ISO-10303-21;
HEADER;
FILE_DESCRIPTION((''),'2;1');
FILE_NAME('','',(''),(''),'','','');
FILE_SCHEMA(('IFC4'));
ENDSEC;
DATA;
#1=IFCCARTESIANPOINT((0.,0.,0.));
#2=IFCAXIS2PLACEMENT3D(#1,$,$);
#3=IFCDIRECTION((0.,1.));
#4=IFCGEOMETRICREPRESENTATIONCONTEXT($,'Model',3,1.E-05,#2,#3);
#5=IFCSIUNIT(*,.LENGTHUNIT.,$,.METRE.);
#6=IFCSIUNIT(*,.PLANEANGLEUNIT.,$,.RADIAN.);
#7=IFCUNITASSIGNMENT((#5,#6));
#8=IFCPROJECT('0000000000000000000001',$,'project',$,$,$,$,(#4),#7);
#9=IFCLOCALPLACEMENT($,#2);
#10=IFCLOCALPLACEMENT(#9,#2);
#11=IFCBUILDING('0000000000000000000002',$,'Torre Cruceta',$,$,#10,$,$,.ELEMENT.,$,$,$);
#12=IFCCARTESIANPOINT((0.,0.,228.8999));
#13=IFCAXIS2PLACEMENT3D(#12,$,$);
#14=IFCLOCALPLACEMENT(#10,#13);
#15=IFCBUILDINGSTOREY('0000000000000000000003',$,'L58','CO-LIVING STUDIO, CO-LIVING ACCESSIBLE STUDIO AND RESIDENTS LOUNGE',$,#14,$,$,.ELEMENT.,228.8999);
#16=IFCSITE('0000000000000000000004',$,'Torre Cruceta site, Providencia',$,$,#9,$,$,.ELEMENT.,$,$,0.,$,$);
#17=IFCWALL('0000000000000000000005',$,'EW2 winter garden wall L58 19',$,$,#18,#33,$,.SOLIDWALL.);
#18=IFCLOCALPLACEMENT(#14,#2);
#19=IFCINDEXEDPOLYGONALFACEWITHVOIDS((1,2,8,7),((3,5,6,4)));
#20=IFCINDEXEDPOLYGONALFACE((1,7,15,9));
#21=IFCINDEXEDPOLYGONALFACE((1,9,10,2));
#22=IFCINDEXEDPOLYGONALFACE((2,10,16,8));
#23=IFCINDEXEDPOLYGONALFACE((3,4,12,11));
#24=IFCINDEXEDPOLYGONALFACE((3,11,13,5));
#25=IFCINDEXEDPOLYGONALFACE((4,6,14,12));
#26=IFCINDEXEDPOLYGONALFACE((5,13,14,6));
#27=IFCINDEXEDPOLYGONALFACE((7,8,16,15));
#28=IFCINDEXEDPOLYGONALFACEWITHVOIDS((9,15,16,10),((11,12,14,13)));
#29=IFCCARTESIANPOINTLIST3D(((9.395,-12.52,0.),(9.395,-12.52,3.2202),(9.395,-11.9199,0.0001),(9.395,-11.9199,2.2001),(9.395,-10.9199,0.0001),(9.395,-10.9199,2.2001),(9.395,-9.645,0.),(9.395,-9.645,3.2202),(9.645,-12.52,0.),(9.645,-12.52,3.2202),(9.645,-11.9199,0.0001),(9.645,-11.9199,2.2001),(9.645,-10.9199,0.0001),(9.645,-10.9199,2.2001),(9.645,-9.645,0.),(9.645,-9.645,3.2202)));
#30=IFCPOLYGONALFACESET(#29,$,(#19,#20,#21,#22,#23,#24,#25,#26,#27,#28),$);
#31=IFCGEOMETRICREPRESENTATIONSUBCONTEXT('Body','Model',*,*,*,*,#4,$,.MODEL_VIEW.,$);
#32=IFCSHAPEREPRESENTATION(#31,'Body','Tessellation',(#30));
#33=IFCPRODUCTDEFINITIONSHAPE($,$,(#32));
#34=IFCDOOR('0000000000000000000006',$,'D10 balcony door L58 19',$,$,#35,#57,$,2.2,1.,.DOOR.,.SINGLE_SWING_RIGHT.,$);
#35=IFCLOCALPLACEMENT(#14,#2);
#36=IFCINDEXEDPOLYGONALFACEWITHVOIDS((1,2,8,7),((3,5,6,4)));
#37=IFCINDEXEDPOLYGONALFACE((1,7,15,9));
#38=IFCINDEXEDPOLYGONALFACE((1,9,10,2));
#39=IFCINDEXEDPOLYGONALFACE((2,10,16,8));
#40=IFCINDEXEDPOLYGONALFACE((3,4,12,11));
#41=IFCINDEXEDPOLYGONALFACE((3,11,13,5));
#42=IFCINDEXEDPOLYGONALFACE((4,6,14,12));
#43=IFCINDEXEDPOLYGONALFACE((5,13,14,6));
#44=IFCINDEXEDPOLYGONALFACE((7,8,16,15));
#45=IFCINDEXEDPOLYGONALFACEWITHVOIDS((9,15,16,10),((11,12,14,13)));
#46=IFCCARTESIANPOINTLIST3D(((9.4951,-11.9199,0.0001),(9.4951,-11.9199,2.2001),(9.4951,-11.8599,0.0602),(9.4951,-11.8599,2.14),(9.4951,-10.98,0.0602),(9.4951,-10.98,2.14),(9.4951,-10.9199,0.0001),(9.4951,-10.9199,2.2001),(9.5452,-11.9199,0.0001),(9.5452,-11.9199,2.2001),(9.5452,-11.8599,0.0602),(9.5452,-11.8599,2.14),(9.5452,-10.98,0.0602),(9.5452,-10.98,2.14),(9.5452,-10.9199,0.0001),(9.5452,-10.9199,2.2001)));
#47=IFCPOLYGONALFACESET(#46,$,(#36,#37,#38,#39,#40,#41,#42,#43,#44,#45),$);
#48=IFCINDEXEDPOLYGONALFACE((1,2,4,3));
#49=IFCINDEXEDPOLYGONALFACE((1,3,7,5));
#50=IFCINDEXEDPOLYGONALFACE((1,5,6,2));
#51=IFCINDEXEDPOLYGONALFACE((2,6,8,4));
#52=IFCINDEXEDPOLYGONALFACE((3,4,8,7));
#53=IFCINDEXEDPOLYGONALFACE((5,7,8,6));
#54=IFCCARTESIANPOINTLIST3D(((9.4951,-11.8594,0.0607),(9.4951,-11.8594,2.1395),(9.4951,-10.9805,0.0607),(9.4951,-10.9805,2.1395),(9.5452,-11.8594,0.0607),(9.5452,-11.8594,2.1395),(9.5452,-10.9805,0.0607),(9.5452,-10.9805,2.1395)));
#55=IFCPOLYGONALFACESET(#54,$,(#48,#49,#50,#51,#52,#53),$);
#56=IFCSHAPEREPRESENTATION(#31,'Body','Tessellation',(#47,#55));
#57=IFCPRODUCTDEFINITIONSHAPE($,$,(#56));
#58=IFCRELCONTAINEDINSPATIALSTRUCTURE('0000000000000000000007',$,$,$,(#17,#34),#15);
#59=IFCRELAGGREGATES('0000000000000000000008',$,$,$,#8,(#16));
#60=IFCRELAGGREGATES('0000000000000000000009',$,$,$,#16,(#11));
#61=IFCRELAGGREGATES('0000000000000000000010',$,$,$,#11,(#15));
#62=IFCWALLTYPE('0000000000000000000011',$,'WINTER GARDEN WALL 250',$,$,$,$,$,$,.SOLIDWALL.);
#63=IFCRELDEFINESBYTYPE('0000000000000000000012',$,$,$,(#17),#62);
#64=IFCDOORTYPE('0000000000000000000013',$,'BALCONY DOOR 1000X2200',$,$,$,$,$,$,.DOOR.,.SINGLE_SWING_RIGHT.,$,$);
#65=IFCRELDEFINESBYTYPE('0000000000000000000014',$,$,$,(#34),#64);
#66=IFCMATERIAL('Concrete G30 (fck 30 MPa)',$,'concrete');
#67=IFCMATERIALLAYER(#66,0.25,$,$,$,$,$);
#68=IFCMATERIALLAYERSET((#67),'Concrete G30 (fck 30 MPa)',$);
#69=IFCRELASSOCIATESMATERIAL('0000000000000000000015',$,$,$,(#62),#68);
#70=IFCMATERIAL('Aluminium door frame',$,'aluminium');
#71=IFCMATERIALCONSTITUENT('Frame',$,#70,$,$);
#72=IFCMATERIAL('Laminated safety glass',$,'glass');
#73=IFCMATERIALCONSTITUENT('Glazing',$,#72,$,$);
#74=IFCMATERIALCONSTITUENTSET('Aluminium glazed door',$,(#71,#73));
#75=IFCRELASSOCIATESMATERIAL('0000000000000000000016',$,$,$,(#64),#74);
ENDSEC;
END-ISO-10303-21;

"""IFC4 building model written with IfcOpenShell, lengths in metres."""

from ifc_helpers import new_model, si_unit, direction, frame, frame_2d, origin, place, context, subcontext, project, spatial, rectangle, hollow_rectangle, extrude, material, layer, layer_set, constituent, constituent_set, type_object, element, fill, save


model = new_model("IFC4")

# Units and contexts
model_context = context("Model", 3, precision=1e-05, world=origin(), true_north=direction((0.0, 1.0)))
body_context = subcontext(model_context, "Body", "Model", "MODEL_VIEW")
ifc_project = project(units=[si_unit("LENGTHUNIT", "METRE"), si_unit("PLANEANGLEUNIT", "RADIAN")], contexts=[model_context])

# Site, building, storey
site_placement = place(None, origin())
site = spatial("IfcSite", under=ifc_project, at=site_placement, Name="Torre Cruceta site, Providencia", CompositionType="ELEMENT", RefElevation=0.0)
building_placement = place(site_placement, origin())
building = spatial("IfcBuilding", under=site, at=building_placement, Name="Torre Cruceta", CompositionType="ELEMENT")
storey_placement = place(building_placement, frame((0.0, 0.0, 228.8999)))
storey = spatial("IfcBuildingStorey", under=building, at=storey_placement, Name="L58", Description="CO-LIVING STUDIO, CO-LIVING ACCESSIBLE STUDIO AND RESIDENTS LOUNGE", CompositionType="ELEMENT", Elevation=228.8999)

# Wall, opening, door
ifc_material_1 = material(Name="Concrete G30 (fck 30 MPa)", Category="concrete")
ifc_layer_1 = layer(ifc_material_1, 0.25)
ifc_layer_set_1 = layer_set([ifc_layer_1], Name="Concrete G30 (fck 30 MPa)")
wall_type_1 = type_object("IfcWallType", Name="WINTER GARDEN WALL 250", PredefinedType="SOLIDWALL", material=ifc_layer_set_1)
ifc_material_2 = material(Name="Aluminium door frame", Category="aluminium")
ifc_constituent_1 = constituent(ifc_material_2, Name="Frame")
ifc_material_3 = material(Name="Laminated safety glass", Category="glass")
ifc_constituent_2 = constituent(ifc_material_3, Name="Glazing")
ifc_constituent_set_1 = constituent_set(constituents=[ifc_constituent_1, ifc_constituent_2], Name="Aluminium glazed door")
door_type_1 = type_object("IfcDoorType", Name="BALCONY DOOR 1000X2200", OperationType="SINGLE_SWING_RIGHT", PredefinedType="DOOR", material=ifc_constituent_set_1)
wall_1_placement = place(storey_placement, frame((9.52, -12.52, 0.0), z_axis=(0.0, 0.0, 1.0), x_axis=(0.0, 1.0, 0.0)))
wall_1 = element("IfcWall", 1, at=wall_1_placement, inside=storey, type_object=wall_type_1, Name="EW2 winter garden wall L58 19", PredefinedType="SOLIDWALL", context=body_context, shape_type="SweptSolid", body=[
    extrude(rectangle(XDim=2.875, YDim=0.25, at=frame_2d((1.4375, 0.0))), origin(), (0.0, 0.0, 1.0), 3.2202),
])
opening_1_placement = place(wall_1_placement, frame((0.6001, 0.0, 0.0)))
opening_1 = element("IfcOpeningElement", 2, at=opening_1_placement, cuts=wall_1, PredefinedType="OPENING", context=body_context, shape_type="SweptSolid", body=[
    extrude(rectangle(XDim=1.0, YDim=2.2, at=frame_2d((0.5, 1.1001))), frame((0.0, 0.135, 0.0), z_axis=(0.0, -1.0, 0.0), x_axis=(1.0, 0.0, 0.0)), (0.0, 0.0, 1.0), 0.27),
])
door_1_placement = place(opening_1_placement, origin())
door_1 = element("IfcDoor", 3, at=door_1_placement, inside=storey, type_object=door_type_1, Name="D10 balcony door L58 19", OperationType="SINGLE_SWING_RIGHT", OverallHeight=2.2, OverallWidth=1.0, PredefinedType="DOOR", context=body_context, shape_type="SweptSolid", body=[
    extrude(hollow_rectangle(XDim=1.0, YDim=2.2, WallThickness=0.0601, at=frame_2d((0.5, 1.1001))), frame((0.0, 0.0249, 0.0), z_axis=(0.0, -1.0, 0.0), x_axis=(1.0, 0.0, 0.0)), (0.0, 0.0, 1.0), 0.05),
    extrude(rectangle(XDim=0.8789, YDim=2.0789, at=frame_2d((0.5, 1.1001))), frame((0.0, 0.0249, 0.0), z_axis=(0.0, -1.0, 0.0), x_axis=(1.0, 0.0, 0.0)), (0.0, 0.0, 1.0), 0.05),
])
fill(opening_1, door_1)

save(model, "model.ifc")
